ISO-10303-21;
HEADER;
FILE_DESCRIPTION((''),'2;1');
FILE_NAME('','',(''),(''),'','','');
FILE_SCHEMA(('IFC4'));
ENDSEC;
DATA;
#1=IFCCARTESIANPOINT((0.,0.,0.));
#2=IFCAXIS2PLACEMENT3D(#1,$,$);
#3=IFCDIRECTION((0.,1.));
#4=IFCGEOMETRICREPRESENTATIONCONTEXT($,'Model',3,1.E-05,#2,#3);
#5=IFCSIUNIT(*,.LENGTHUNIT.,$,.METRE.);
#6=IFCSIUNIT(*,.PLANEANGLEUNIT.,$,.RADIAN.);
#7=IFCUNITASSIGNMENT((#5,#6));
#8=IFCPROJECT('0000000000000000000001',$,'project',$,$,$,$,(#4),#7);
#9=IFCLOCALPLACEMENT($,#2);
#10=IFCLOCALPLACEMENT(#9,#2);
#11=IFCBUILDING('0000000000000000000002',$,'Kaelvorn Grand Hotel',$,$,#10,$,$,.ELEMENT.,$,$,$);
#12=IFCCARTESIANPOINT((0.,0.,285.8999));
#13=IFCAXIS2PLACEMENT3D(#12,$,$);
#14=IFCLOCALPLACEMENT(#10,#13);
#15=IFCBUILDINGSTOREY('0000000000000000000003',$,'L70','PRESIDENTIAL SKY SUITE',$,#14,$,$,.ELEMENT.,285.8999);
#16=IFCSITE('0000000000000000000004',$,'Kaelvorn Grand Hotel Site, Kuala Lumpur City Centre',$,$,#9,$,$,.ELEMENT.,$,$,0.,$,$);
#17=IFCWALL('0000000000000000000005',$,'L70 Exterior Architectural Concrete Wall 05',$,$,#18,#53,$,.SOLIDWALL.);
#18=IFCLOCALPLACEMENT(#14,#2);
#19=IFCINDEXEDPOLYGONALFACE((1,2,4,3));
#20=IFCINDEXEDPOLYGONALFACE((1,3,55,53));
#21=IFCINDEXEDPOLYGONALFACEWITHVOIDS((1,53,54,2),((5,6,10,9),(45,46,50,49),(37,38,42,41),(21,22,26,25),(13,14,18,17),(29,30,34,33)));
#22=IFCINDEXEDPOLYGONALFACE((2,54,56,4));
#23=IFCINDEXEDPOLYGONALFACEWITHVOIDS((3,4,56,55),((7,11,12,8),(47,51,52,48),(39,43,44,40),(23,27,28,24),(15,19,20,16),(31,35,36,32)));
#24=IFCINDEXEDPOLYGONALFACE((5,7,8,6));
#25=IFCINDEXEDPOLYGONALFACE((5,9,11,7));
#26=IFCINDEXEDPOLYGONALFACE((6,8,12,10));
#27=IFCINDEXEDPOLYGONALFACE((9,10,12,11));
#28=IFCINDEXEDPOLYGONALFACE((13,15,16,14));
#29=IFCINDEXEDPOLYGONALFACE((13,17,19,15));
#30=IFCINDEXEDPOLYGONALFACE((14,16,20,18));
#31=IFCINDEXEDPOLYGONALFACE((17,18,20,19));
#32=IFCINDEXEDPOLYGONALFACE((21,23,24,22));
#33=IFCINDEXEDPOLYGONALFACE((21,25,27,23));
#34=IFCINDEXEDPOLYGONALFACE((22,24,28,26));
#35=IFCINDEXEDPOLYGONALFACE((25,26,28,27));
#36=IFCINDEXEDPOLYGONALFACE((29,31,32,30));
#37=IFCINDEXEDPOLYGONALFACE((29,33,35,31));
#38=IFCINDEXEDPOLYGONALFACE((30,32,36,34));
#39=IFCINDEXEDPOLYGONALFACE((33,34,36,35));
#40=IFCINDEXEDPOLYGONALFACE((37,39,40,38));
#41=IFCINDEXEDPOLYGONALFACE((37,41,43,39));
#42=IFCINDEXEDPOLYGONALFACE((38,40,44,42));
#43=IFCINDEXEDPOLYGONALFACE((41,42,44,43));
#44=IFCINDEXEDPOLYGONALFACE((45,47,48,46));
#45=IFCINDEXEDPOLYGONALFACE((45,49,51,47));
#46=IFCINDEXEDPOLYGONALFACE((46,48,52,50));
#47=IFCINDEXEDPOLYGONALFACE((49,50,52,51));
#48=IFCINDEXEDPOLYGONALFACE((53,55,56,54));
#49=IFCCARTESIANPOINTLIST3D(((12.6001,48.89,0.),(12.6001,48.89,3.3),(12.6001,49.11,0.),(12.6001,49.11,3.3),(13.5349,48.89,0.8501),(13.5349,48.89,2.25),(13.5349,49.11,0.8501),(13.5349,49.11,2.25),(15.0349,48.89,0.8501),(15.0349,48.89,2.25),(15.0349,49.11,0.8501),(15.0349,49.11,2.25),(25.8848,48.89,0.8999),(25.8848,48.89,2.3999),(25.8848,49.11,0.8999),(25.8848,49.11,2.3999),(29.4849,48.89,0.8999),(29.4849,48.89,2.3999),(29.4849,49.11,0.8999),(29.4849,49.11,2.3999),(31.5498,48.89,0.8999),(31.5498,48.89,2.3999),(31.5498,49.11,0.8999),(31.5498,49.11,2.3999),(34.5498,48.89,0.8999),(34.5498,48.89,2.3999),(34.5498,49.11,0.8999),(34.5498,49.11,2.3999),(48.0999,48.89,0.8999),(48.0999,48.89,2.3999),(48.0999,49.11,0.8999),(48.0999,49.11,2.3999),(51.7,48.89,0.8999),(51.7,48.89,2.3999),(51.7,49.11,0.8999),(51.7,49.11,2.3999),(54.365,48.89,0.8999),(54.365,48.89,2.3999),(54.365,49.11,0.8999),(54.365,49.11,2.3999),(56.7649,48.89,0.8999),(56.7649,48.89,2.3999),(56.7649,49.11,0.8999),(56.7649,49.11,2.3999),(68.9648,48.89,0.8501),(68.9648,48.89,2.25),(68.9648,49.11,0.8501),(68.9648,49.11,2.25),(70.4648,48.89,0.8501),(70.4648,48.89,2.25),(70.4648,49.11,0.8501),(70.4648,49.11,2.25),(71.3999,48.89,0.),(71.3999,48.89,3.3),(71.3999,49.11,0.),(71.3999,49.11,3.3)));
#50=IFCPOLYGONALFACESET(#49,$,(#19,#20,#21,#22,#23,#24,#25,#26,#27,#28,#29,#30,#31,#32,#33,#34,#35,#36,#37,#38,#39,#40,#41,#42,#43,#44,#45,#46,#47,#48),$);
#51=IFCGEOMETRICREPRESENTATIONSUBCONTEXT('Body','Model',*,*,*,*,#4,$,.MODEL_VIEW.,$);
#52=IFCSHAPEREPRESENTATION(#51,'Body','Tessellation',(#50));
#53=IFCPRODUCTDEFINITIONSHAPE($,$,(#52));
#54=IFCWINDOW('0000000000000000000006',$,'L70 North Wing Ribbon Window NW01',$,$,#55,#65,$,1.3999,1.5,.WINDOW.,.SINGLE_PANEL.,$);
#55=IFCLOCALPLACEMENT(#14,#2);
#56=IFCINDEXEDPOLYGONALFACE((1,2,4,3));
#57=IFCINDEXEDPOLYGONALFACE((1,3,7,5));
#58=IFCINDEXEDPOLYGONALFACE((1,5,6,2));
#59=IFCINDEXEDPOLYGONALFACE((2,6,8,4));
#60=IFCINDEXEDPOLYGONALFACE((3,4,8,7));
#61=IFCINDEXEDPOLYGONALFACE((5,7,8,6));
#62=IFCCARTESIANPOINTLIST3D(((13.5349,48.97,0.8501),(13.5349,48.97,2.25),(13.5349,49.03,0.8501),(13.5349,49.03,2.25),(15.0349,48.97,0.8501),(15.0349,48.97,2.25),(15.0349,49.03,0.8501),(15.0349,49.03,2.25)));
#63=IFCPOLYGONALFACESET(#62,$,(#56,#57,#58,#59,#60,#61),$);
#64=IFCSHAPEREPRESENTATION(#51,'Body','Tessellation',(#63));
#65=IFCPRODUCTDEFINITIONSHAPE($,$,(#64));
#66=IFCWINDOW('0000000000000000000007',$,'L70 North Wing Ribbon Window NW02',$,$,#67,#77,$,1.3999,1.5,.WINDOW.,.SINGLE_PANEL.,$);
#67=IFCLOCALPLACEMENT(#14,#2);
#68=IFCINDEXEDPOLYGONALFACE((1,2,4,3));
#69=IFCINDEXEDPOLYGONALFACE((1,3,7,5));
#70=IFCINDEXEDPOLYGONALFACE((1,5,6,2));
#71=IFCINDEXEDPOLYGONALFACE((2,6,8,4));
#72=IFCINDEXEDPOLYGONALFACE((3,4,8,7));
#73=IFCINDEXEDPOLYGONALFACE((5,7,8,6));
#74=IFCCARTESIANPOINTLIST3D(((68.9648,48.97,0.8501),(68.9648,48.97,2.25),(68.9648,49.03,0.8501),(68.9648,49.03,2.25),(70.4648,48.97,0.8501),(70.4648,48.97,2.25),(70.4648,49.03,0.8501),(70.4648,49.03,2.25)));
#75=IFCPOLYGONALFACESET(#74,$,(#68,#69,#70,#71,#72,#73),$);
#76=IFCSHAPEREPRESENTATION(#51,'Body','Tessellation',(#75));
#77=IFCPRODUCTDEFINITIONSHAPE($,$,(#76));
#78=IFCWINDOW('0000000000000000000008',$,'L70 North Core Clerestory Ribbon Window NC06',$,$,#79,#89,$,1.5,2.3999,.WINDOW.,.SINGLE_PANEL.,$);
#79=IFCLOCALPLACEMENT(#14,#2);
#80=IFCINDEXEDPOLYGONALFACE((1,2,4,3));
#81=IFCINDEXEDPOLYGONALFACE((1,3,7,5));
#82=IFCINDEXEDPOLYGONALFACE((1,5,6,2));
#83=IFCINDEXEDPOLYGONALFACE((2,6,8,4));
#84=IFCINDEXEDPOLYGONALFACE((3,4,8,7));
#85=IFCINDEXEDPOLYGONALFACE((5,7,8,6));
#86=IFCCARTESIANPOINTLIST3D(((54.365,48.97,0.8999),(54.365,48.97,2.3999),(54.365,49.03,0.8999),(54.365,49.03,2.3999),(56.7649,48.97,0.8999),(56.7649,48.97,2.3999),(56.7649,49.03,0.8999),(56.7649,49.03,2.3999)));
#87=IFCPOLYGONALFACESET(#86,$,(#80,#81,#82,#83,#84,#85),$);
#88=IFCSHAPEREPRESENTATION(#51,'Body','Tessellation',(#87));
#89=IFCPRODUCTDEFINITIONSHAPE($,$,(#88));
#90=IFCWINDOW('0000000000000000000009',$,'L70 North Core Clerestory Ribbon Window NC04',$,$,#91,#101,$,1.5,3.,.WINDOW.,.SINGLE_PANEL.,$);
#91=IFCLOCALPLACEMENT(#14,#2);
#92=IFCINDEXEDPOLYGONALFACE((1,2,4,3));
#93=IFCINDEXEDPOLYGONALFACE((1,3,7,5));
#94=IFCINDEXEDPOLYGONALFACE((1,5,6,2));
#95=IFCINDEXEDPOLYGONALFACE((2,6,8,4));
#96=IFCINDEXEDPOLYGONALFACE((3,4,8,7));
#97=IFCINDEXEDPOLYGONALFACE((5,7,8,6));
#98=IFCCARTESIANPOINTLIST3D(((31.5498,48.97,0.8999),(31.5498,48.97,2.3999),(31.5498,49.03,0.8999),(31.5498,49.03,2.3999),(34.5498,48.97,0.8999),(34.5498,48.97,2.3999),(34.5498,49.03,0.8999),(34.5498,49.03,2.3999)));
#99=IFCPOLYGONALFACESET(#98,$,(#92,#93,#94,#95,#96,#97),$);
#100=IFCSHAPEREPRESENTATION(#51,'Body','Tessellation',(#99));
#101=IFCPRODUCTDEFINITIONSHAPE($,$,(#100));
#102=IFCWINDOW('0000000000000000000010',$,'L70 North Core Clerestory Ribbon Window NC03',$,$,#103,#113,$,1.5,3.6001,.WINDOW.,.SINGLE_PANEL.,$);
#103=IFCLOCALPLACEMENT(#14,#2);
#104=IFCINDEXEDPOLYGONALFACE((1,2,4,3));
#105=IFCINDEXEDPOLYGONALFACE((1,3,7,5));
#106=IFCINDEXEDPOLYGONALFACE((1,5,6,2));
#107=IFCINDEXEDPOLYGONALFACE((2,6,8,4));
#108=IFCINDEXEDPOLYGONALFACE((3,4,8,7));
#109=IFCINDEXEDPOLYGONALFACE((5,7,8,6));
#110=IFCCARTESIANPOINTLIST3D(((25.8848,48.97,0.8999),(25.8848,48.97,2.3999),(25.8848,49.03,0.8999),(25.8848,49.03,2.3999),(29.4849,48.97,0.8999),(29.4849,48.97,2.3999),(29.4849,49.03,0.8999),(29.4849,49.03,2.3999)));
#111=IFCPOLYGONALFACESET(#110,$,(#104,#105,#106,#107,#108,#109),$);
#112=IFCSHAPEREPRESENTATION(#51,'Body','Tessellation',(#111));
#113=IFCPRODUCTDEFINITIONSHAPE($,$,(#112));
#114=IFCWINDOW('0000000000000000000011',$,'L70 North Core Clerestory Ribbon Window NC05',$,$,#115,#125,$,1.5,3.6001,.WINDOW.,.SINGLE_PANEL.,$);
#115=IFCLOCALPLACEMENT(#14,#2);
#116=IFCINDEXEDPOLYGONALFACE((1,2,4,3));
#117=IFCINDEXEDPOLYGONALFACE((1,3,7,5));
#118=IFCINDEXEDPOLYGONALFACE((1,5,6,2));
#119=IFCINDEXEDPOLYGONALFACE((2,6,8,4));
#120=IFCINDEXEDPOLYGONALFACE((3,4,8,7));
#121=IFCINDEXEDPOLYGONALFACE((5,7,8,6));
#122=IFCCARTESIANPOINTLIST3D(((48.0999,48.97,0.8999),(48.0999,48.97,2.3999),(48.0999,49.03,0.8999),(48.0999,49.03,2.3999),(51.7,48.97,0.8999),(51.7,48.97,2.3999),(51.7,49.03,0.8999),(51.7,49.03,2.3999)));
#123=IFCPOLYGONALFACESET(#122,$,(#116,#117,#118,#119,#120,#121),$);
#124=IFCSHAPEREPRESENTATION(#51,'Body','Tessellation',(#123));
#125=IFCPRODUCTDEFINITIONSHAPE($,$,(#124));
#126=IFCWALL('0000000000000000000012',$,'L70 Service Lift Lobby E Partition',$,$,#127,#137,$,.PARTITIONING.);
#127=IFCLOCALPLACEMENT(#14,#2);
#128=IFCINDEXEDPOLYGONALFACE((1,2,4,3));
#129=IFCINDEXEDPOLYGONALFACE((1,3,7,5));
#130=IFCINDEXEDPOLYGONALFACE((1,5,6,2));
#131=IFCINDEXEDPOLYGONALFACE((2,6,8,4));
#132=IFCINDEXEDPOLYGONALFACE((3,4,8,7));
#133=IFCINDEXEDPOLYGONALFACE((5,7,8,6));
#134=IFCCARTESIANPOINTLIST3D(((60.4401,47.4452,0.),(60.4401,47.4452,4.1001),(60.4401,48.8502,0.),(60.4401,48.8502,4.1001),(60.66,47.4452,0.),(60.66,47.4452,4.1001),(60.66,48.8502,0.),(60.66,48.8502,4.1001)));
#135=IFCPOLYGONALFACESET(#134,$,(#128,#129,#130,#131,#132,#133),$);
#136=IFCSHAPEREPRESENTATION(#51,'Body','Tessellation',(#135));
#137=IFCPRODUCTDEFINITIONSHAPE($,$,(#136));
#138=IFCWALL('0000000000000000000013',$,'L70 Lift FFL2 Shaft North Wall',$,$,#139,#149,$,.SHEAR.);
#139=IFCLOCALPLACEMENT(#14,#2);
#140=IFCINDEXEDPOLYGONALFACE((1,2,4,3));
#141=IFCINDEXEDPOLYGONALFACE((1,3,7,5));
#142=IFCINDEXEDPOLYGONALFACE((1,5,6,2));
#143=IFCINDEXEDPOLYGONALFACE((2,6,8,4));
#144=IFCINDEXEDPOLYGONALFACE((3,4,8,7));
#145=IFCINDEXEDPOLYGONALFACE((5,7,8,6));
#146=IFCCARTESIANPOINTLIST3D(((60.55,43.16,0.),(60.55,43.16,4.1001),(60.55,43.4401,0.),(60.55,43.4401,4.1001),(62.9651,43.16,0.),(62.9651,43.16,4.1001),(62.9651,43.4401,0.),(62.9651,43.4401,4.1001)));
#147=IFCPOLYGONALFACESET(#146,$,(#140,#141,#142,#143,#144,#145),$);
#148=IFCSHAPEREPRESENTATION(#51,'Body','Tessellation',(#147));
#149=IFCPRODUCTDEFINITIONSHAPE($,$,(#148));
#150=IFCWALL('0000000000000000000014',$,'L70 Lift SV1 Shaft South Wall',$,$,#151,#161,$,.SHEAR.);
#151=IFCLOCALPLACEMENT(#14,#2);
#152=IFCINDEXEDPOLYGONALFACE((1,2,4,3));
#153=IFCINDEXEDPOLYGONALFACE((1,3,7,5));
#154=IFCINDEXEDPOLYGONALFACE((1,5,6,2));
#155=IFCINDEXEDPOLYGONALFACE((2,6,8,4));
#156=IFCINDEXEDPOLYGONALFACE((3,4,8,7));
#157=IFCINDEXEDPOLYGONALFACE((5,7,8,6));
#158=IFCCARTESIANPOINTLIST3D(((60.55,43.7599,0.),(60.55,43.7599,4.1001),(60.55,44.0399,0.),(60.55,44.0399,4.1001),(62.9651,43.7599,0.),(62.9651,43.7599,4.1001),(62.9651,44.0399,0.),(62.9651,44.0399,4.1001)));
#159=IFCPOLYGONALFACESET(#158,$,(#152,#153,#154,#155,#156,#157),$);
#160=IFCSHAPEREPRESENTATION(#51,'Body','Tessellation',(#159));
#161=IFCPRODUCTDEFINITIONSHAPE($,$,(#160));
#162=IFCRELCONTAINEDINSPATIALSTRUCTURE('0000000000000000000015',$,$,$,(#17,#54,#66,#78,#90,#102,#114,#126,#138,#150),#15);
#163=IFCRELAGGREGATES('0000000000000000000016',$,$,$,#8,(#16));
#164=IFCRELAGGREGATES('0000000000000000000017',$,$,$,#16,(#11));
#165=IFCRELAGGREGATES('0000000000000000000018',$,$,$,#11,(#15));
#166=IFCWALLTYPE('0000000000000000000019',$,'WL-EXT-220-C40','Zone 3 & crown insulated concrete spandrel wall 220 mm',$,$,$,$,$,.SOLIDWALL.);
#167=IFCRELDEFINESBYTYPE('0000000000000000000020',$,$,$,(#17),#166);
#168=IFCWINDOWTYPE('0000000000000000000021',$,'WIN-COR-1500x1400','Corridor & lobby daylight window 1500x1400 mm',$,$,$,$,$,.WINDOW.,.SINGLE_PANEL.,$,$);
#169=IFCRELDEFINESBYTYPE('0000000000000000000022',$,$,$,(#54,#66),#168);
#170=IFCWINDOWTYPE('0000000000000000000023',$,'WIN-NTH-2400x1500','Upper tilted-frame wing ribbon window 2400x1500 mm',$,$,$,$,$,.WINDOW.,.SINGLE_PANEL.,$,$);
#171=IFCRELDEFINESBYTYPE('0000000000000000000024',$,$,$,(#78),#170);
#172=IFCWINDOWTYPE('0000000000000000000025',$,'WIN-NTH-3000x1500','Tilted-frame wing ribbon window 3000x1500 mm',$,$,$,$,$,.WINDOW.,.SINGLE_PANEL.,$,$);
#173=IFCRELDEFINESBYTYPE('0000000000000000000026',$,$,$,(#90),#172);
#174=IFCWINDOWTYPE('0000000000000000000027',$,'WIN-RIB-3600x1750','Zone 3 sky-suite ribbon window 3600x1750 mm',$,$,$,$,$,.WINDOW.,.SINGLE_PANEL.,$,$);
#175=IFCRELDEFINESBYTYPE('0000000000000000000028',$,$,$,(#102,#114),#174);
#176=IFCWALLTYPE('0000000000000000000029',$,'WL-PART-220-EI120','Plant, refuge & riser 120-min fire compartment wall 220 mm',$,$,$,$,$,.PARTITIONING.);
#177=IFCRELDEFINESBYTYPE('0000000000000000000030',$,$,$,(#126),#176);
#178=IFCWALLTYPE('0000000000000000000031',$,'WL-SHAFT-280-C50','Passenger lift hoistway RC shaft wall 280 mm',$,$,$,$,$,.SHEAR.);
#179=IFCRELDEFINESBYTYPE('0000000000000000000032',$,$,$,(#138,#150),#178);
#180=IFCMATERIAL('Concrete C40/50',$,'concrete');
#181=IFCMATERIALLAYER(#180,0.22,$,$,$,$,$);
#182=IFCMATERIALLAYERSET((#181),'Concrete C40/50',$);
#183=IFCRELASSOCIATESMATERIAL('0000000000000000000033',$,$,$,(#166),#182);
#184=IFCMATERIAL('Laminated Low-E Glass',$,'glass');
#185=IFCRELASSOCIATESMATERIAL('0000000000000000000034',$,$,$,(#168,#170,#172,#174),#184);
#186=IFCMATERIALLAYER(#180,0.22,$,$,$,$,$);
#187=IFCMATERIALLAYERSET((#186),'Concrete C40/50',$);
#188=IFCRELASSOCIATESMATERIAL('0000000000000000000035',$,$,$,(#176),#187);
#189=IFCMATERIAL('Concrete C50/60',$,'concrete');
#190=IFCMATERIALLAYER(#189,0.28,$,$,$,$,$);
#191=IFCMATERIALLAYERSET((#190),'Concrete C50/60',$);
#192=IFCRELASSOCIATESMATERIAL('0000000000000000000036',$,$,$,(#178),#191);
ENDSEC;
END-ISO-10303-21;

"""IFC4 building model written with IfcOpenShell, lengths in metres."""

from ifc_helpers import new_model, si_unit, direction, frame, frame_2d, origin, place, context, subcontext, project, spatial, rectangle, extrude, material, layer, layer_set, type_object, element, fill, save


model = new_model("IFC4")

# Units and contexts
model_context = context("Model", 3, precision=1e-05, world=origin(), true_north=direction((0.0, 1.0)))
body_context = subcontext(model_context, "Body", "Model", "MODEL_VIEW")
ifc_project = project(units=[si_unit("LENGTHUNIT", "METRE"), si_unit("PLANEANGLEUNIT", "RADIAN")], contexts=[model_context])

# Site, building, storey
site_placement = place(None, origin())
site = spatial("IfcSite", under=ifc_project, at=site_placement, Name="Kaelvorn Grand Hotel Site, Kuala Lumpur City Centre", CompositionType="ELEMENT", RefElevation=0.0)
building_placement = place(site_placement, origin())
building = spatial("IfcBuilding", under=site, at=building_placement, Name="Kaelvorn Grand Hotel", CompositionType="ELEMENT")
storey_placement = place(building_placement, frame((0.0, 0.0, 285.8999)))
storey = spatial("IfcBuildingStorey", under=building, at=storey_placement, Name="L70", Description="PRESIDENTIAL SKY SUITE", CompositionType="ELEMENT", Elevation=285.8999)

# Shared definitions
ifc_material_1 = material(Name="Concrete C50/60", Category="concrete")

# Shared definitions
ifc_material_2 = material(Name="Concrete C40/50", Category="concrete")
ifc_layer_1 = layer(ifc_material_2, 0.22)
ifc_layer_set_1 = layer_set([ifc_layer_1], Name="Concrete C40/50")
wall_type_1 = type_object("IfcWallType", Name="WL-EXT-220-C40", Description="Zone 3 & crown insulated concrete spandrel wall 220 mm", PredefinedType="SOLIDWALL", material=ifc_layer_set_1)
ifc_material_3 = material(Name="Laminated Low-E Glass", Category="glass")

# Wall, openings, windows
wall_1_placement = place(storey_placement, frame((71.3999, 49.0, 0.0), z_axis=(0.0, 0.0, 1.0), x_axis=(-1.0, 0.0, 0.0)))
wall_1 = element("IfcWall", 1, at=wall_1_placement, inside=storey, type_object=wall_type_1, Name="L70 Exterior Architectural Concrete Wall 05", PredefinedType="SOLIDWALL", context=body_context, shape_type="SweptSolid", body=[
    extrude(rectangle(XDim=58.7998, YDim=0.22, at=frame_2d((29.3999, 0.0))), origin(), (0.0, 0.0, 1.0), 3.3),
])
opening_1_placement = place(wall_1_placement, frame((56.365, 0.0, 0.8501)))
opening_1 = element("IfcOpeningElement", 2, at=opening_1_placement, cuts=wall_1, PredefinedType="OPENING", context=body_context, shape_type="SweptSolid", body=[
    extrude(rectangle(XDim=1.5, YDim=1.3999, at=frame_2d((0.75, 0.7))), frame((0.0, 0.1201, 0.0), z_axis=(0.0, -1.0, 0.0), x_axis=(1.0, 0.0, 0.0)), (0.0, 0.0, 1.0), 0.24),
])
opening_2_placement = place(wall_1_placement, frame((0.9351, 0.0, 0.8501)))
opening_2 = element("IfcOpeningElement", 3, at=opening_2_placement, cuts=wall_1, PredefinedType="OPENING", context=body_context, shape_type="SweptSolid", body=[
    extrude(rectangle(XDim=1.5, YDim=1.3999, at=frame_2d((0.75, 0.7))), frame((0.0, 0.1201, 0.0), z_axis=(0.0, -1.0, 0.0), x_axis=(1.0, 0.0, 0.0)), (0.0, 0.0, 1.0), 0.24),
])
opening_3_placement = place(wall_1_placement, frame((41.915, 0.0, 0.8999)))
opening_3 = element("IfcOpeningElement", 4, at=opening_3_placement, cuts=wall_1, PredefinedType="OPENING", context=body_context, shape_type="SweptSolid", body=[
    extrude(rectangle(XDim=3.6001, YDim=1.5, at=frame_2d((1.8, 0.75))), frame((0.0, 0.1201, 0.0), z_axis=(0.0, -1.0, 0.0), x_axis=(1.0, 0.0, 0.0)), (0.0, 0.0, 1.0), 0.24),
])
opening_4_placement = place(wall_1_placement, frame((36.8501, 0.0, 0.8999)))
opening_4 = element("IfcOpeningElement", 5, at=opening_4_placement, cuts=wall_1, PredefinedType="OPENING", context=body_context, shape_type="SweptSolid", body=[
    extrude(rectangle(XDim=3.0, YDim=1.5, at=frame_2d((1.5, 0.75))), frame((0.0, 0.1201, 0.0), z_axis=(0.0, -1.0, 0.0), x_axis=(1.0, 0.0, 0.0)), (0.0, 0.0, 1.0), 0.24),
])
opening_5_placement = place(wall_1_placement, frame((19.7, 0.0, 0.8999)))
opening_5 = element("IfcOpeningElement", 6, at=opening_5_placement, cuts=wall_1, PredefinedType="OPENING", context=body_context, shape_type="SweptSolid", body=[
    extrude(rectangle(XDim=3.6001, YDim=1.5, at=frame_2d((1.8, 0.75))), frame((0.0, 0.1201, 0.0), z_axis=(0.0, -1.0, 0.0), x_axis=(1.0, 0.0, 0.0)), (0.0, 0.0, 1.0), 0.24),
])
opening_6_placement = place(wall_1_placement, frame((14.635, 0.0, 0.8999)))
opening_6 = element("IfcOpeningElement", 7, at=opening_6_placement, cuts=wall_1, PredefinedType="OPENING", context=body_context, shape_type="SweptSolid", body=[
    extrude(rectangle(XDim=2.3999, YDim=1.5, at=frame_2d((1.2, 0.75))), frame((0.0, 0.1201, 0.0), z_axis=(0.0, -1.0, 0.0), x_axis=(1.0, 0.0, 0.0)), (0.0, 0.0, 1.0), 0.24),
])
window_type_1 = type_object("IfcWindowType", Name="WIN-COR-1500x1400", Description="Corridor & lobby daylight window 1500x1400 mm", PartitioningType="SINGLE_PANEL", PredefinedType="WINDOW", material=ifc_material_3)
window_1_placement = place(opening_1_placement, origin())
window_1 = element("IfcWindow", 8, at=window_1_placement, inside=storey, type_object=window_type_1, Name="L70 North Wing Ribbon Window NW01", OverallHeight=1.3999, OverallWidth=1.5, PartitioningType="SINGLE_PANEL", PredefinedType="WINDOW", context=body_context, shape_type="SweptSolid", body=[
    extrude(rectangle(XDim=1.5, YDim=1.3999, at=frame_2d((0.75, 0.7))), frame((0.0, 0.03, 0.0), z_axis=(0.0, -1.0, 0.0), x_axis=(1.0, 0.0, 0.0)), (0.0, 0.0, 1.0), 0.0601),
])
fill(opening_1, window_1)
window_2_placement = place(opening_2_placement, origin())
window_2 = element("IfcWindow", 9, at=window_2_placement, inside=storey, type_object=window_type_1, Name="L70 North Wing Ribbon Window NW02", OverallHeight=1.3999, OverallWidth=1.5, PartitioningType="SINGLE_PANEL", PredefinedType="WINDOW", context=body_context, shape_type="SweptSolid", body=[
    extrude(rectangle(XDim=1.5, YDim=1.3999, at=frame_2d((0.75, 0.7))), frame((0.0, 0.03, 0.0), z_axis=(0.0, -1.0, 0.0), x_axis=(1.0, 0.0, 0.0)), (0.0, 0.0, 1.0), 0.0601),
])
fill(opening_2, window_2)
window_type_2 = type_object("IfcWindowType", Name="WIN-NTH-2400x1500", Description="Upper tilted-frame wing ribbon window 2400x1500 mm", PartitioningType="SINGLE_PANEL", PredefinedType="WINDOW", material=ifc_material_3)
window_3_placement = place(opening_6_placement, origin())
window_3 = element("IfcWindow", 10, at=window_3_placement, inside=storey, type_object=window_type_2, Name="L70 North Core Clerestory Ribbon Window NC06", OverallHeight=1.5, OverallWidth=2.3999, PartitioningType="SINGLE_PANEL", PredefinedType="WINDOW", context=body_context, shape_type="SweptSolid", body=[
    extrude(rectangle(XDim=2.3999, YDim=1.5, at=frame_2d((1.2, 0.75))), frame((0.0, 0.03, 0.0), z_axis=(0.0, -1.0, 0.0), x_axis=(1.0, 0.0, 0.0)), (0.0, 0.0, 1.0), 0.0601),
])
fill(opening_6, window_3)
window_type_3 = type_object("IfcWindowType", Name="WIN-NTH-3000x1500", Description="Tilted-frame wing ribbon window 3000x1500 mm", PartitioningType="SINGLE_PANEL", PredefinedType="WINDOW", material=ifc_material_3)
window_4_placement = place(opening_4_placement, origin())
window_4 = element("IfcWindow", 11, at=window_4_placement, inside=storey, type_object=window_type_3, Name="L70 North Core Clerestory Ribbon Window NC04", OverallHeight=1.5, OverallWidth=3.0, PartitioningType="SINGLE_PANEL", PredefinedType="WINDOW", context=body_context, shape_type="SweptSolid", body=[
    extrude(rectangle(XDim=3.0, YDim=1.5, at=frame_2d((1.5, 0.75))), frame((0.0, 0.03, 0.0), z_axis=(0.0, -1.0, 0.0), x_axis=(1.0, 0.0, 0.0)), (0.0, 0.0, 1.0), 0.0601),
])
fill(opening_4, window_4)
window_type_4 = type_object("IfcWindowType", Name="WIN-RIB-3600x1750", Description="Zone 3 sky-suite ribbon window 3600x1750 mm", PartitioningType="SINGLE_PANEL", PredefinedType="WINDOW", material=ifc_material_3)
window_5_placement = place(opening_3_placement, origin())
window_5 = element("IfcWindow", 12, at=window_5_placement, inside=storey, type_object=window_type_4, Name="L70 North Core Clerestory Ribbon Window NC03", OverallHeight=1.5, OverallWidth=3.6001, PartitioningType="SINGLE_PANEL", PredefinedType="WINDOW", context=body_context, shape_type="SweptSolid", body=[
    extrude(rectangle(XDim=3.6001, YDim=1.5, at=frame_2d((1.8, 0.75))), frame((0.0, 0.03, 0.0), z_axis=(0.0, -1.0, 0.0), x_axis=(1.0, 0.0, 0.0)), (0.0, 0.0, 1.0), 0.0601),
])
fill(opening_3, window_5)
window_6_placement = place(opening_5_placement, origin())
window_6 = element("IfcWindow", 13, at=window_6_placement, inside=storey, type_object=window_type_4, Name="L70 North Core Clerestory Ribbon Window NC05", OverallHeight=1.5, OverallWidth=3.6001, PartitioningType="SINGLE_PANEL", PredefinedType="WINDOW", context=body_context, shape_type="SweptSolid", body=[
    extrude(rectangle(XDim=3.6001, YDim=1.5, at=frame_2d((1.8, 0.75))), frame((0.0, 0.03, 0.0), z_axis=(0.0, -1.0, 0.0), x_axis=(1.0, 0.0, 0.0)), (0.0, 0.0, 1.0), 0.0601),
])
fill(opening_5, window_6)

# Walls
ifc_layer_2 = layer(ifc_material_2, 0.22)
ifc_layer_set_2 = layer_set([ifc_layer_2], Name="Concrete C40/50")
wall_type_2 = type_object("IfcWallType", Name="WL-PART-220-EI120", Description="Plant, refuge & riser 120-min fire compartment wall 220 mm", PredefinedType="PARTITIONING", material=ifc_layer_set_2)
wall_2_placement = place(storey_placement, frame((60.55, 47.4451, 0.0), z_axis=(0.0, 0.0, 1.0), x_axis=(0.0, 1.0, 0.0)))
element("IfcWall", 14, at=wall_2_placement, inside=storey, type_object=wall_type_2, Name="L70 Service Lift Lobby E Partition", PredefinedType="PARTITIONING", context=body_context, shape_type="SweptSolid", body=[
    extrude(rectangle(XDim=1.405, YDim=0.22, at=frame_2d((0.7026, 0.0))), origin(), (0.0, 0.0, 1.0), 4.1001),
])
ifc_layer_3 = layer(ifc_material_1, 0.28)
ifc_layer_set_3 = layer_set([ifc_layer_3], Name="Concrete C50/60")
wall_type_3 = type_object("IfcWallType", Name="WL-SHAFT-280-C50", Description="Passenger lift hoistway RC shaft wall 280 mm", PredefinedType="SHEAR", material=ifc_layer_set_3)
for number, where, z_axis, x_axis, name in (
    (15, (60.55, 43.3, 0.0), (0.0, 0.0, 1.0), (1.0, 0.0, 0.0), "L70 Lift FFL2 Shaft North Wall"),
    (16, (60.55, 43.8999, 0.0), (0.0, 0.0, 1.0), (1.0, 0.0, 0.0), "L70 Lift SV1 Shaft South Wall"),
):
    element("IfcWall", number, at=place(storey_placement, frame(where, z_axis=z_axis, x_axis=x_axis)), inside=storey, type_object=wall_type_3, Name=name, PredefinedType="SHEAR", context=body_context, shape_type="SweptSolid", body=[
        extrude(rectangle(XDim=2.415, YDim=0.28, at=frame_2d((1.2075, 0.0))), origin(), (0.0, 0.0, 1.0), 4.1001),
    ])

save(model, "model.ifc")
